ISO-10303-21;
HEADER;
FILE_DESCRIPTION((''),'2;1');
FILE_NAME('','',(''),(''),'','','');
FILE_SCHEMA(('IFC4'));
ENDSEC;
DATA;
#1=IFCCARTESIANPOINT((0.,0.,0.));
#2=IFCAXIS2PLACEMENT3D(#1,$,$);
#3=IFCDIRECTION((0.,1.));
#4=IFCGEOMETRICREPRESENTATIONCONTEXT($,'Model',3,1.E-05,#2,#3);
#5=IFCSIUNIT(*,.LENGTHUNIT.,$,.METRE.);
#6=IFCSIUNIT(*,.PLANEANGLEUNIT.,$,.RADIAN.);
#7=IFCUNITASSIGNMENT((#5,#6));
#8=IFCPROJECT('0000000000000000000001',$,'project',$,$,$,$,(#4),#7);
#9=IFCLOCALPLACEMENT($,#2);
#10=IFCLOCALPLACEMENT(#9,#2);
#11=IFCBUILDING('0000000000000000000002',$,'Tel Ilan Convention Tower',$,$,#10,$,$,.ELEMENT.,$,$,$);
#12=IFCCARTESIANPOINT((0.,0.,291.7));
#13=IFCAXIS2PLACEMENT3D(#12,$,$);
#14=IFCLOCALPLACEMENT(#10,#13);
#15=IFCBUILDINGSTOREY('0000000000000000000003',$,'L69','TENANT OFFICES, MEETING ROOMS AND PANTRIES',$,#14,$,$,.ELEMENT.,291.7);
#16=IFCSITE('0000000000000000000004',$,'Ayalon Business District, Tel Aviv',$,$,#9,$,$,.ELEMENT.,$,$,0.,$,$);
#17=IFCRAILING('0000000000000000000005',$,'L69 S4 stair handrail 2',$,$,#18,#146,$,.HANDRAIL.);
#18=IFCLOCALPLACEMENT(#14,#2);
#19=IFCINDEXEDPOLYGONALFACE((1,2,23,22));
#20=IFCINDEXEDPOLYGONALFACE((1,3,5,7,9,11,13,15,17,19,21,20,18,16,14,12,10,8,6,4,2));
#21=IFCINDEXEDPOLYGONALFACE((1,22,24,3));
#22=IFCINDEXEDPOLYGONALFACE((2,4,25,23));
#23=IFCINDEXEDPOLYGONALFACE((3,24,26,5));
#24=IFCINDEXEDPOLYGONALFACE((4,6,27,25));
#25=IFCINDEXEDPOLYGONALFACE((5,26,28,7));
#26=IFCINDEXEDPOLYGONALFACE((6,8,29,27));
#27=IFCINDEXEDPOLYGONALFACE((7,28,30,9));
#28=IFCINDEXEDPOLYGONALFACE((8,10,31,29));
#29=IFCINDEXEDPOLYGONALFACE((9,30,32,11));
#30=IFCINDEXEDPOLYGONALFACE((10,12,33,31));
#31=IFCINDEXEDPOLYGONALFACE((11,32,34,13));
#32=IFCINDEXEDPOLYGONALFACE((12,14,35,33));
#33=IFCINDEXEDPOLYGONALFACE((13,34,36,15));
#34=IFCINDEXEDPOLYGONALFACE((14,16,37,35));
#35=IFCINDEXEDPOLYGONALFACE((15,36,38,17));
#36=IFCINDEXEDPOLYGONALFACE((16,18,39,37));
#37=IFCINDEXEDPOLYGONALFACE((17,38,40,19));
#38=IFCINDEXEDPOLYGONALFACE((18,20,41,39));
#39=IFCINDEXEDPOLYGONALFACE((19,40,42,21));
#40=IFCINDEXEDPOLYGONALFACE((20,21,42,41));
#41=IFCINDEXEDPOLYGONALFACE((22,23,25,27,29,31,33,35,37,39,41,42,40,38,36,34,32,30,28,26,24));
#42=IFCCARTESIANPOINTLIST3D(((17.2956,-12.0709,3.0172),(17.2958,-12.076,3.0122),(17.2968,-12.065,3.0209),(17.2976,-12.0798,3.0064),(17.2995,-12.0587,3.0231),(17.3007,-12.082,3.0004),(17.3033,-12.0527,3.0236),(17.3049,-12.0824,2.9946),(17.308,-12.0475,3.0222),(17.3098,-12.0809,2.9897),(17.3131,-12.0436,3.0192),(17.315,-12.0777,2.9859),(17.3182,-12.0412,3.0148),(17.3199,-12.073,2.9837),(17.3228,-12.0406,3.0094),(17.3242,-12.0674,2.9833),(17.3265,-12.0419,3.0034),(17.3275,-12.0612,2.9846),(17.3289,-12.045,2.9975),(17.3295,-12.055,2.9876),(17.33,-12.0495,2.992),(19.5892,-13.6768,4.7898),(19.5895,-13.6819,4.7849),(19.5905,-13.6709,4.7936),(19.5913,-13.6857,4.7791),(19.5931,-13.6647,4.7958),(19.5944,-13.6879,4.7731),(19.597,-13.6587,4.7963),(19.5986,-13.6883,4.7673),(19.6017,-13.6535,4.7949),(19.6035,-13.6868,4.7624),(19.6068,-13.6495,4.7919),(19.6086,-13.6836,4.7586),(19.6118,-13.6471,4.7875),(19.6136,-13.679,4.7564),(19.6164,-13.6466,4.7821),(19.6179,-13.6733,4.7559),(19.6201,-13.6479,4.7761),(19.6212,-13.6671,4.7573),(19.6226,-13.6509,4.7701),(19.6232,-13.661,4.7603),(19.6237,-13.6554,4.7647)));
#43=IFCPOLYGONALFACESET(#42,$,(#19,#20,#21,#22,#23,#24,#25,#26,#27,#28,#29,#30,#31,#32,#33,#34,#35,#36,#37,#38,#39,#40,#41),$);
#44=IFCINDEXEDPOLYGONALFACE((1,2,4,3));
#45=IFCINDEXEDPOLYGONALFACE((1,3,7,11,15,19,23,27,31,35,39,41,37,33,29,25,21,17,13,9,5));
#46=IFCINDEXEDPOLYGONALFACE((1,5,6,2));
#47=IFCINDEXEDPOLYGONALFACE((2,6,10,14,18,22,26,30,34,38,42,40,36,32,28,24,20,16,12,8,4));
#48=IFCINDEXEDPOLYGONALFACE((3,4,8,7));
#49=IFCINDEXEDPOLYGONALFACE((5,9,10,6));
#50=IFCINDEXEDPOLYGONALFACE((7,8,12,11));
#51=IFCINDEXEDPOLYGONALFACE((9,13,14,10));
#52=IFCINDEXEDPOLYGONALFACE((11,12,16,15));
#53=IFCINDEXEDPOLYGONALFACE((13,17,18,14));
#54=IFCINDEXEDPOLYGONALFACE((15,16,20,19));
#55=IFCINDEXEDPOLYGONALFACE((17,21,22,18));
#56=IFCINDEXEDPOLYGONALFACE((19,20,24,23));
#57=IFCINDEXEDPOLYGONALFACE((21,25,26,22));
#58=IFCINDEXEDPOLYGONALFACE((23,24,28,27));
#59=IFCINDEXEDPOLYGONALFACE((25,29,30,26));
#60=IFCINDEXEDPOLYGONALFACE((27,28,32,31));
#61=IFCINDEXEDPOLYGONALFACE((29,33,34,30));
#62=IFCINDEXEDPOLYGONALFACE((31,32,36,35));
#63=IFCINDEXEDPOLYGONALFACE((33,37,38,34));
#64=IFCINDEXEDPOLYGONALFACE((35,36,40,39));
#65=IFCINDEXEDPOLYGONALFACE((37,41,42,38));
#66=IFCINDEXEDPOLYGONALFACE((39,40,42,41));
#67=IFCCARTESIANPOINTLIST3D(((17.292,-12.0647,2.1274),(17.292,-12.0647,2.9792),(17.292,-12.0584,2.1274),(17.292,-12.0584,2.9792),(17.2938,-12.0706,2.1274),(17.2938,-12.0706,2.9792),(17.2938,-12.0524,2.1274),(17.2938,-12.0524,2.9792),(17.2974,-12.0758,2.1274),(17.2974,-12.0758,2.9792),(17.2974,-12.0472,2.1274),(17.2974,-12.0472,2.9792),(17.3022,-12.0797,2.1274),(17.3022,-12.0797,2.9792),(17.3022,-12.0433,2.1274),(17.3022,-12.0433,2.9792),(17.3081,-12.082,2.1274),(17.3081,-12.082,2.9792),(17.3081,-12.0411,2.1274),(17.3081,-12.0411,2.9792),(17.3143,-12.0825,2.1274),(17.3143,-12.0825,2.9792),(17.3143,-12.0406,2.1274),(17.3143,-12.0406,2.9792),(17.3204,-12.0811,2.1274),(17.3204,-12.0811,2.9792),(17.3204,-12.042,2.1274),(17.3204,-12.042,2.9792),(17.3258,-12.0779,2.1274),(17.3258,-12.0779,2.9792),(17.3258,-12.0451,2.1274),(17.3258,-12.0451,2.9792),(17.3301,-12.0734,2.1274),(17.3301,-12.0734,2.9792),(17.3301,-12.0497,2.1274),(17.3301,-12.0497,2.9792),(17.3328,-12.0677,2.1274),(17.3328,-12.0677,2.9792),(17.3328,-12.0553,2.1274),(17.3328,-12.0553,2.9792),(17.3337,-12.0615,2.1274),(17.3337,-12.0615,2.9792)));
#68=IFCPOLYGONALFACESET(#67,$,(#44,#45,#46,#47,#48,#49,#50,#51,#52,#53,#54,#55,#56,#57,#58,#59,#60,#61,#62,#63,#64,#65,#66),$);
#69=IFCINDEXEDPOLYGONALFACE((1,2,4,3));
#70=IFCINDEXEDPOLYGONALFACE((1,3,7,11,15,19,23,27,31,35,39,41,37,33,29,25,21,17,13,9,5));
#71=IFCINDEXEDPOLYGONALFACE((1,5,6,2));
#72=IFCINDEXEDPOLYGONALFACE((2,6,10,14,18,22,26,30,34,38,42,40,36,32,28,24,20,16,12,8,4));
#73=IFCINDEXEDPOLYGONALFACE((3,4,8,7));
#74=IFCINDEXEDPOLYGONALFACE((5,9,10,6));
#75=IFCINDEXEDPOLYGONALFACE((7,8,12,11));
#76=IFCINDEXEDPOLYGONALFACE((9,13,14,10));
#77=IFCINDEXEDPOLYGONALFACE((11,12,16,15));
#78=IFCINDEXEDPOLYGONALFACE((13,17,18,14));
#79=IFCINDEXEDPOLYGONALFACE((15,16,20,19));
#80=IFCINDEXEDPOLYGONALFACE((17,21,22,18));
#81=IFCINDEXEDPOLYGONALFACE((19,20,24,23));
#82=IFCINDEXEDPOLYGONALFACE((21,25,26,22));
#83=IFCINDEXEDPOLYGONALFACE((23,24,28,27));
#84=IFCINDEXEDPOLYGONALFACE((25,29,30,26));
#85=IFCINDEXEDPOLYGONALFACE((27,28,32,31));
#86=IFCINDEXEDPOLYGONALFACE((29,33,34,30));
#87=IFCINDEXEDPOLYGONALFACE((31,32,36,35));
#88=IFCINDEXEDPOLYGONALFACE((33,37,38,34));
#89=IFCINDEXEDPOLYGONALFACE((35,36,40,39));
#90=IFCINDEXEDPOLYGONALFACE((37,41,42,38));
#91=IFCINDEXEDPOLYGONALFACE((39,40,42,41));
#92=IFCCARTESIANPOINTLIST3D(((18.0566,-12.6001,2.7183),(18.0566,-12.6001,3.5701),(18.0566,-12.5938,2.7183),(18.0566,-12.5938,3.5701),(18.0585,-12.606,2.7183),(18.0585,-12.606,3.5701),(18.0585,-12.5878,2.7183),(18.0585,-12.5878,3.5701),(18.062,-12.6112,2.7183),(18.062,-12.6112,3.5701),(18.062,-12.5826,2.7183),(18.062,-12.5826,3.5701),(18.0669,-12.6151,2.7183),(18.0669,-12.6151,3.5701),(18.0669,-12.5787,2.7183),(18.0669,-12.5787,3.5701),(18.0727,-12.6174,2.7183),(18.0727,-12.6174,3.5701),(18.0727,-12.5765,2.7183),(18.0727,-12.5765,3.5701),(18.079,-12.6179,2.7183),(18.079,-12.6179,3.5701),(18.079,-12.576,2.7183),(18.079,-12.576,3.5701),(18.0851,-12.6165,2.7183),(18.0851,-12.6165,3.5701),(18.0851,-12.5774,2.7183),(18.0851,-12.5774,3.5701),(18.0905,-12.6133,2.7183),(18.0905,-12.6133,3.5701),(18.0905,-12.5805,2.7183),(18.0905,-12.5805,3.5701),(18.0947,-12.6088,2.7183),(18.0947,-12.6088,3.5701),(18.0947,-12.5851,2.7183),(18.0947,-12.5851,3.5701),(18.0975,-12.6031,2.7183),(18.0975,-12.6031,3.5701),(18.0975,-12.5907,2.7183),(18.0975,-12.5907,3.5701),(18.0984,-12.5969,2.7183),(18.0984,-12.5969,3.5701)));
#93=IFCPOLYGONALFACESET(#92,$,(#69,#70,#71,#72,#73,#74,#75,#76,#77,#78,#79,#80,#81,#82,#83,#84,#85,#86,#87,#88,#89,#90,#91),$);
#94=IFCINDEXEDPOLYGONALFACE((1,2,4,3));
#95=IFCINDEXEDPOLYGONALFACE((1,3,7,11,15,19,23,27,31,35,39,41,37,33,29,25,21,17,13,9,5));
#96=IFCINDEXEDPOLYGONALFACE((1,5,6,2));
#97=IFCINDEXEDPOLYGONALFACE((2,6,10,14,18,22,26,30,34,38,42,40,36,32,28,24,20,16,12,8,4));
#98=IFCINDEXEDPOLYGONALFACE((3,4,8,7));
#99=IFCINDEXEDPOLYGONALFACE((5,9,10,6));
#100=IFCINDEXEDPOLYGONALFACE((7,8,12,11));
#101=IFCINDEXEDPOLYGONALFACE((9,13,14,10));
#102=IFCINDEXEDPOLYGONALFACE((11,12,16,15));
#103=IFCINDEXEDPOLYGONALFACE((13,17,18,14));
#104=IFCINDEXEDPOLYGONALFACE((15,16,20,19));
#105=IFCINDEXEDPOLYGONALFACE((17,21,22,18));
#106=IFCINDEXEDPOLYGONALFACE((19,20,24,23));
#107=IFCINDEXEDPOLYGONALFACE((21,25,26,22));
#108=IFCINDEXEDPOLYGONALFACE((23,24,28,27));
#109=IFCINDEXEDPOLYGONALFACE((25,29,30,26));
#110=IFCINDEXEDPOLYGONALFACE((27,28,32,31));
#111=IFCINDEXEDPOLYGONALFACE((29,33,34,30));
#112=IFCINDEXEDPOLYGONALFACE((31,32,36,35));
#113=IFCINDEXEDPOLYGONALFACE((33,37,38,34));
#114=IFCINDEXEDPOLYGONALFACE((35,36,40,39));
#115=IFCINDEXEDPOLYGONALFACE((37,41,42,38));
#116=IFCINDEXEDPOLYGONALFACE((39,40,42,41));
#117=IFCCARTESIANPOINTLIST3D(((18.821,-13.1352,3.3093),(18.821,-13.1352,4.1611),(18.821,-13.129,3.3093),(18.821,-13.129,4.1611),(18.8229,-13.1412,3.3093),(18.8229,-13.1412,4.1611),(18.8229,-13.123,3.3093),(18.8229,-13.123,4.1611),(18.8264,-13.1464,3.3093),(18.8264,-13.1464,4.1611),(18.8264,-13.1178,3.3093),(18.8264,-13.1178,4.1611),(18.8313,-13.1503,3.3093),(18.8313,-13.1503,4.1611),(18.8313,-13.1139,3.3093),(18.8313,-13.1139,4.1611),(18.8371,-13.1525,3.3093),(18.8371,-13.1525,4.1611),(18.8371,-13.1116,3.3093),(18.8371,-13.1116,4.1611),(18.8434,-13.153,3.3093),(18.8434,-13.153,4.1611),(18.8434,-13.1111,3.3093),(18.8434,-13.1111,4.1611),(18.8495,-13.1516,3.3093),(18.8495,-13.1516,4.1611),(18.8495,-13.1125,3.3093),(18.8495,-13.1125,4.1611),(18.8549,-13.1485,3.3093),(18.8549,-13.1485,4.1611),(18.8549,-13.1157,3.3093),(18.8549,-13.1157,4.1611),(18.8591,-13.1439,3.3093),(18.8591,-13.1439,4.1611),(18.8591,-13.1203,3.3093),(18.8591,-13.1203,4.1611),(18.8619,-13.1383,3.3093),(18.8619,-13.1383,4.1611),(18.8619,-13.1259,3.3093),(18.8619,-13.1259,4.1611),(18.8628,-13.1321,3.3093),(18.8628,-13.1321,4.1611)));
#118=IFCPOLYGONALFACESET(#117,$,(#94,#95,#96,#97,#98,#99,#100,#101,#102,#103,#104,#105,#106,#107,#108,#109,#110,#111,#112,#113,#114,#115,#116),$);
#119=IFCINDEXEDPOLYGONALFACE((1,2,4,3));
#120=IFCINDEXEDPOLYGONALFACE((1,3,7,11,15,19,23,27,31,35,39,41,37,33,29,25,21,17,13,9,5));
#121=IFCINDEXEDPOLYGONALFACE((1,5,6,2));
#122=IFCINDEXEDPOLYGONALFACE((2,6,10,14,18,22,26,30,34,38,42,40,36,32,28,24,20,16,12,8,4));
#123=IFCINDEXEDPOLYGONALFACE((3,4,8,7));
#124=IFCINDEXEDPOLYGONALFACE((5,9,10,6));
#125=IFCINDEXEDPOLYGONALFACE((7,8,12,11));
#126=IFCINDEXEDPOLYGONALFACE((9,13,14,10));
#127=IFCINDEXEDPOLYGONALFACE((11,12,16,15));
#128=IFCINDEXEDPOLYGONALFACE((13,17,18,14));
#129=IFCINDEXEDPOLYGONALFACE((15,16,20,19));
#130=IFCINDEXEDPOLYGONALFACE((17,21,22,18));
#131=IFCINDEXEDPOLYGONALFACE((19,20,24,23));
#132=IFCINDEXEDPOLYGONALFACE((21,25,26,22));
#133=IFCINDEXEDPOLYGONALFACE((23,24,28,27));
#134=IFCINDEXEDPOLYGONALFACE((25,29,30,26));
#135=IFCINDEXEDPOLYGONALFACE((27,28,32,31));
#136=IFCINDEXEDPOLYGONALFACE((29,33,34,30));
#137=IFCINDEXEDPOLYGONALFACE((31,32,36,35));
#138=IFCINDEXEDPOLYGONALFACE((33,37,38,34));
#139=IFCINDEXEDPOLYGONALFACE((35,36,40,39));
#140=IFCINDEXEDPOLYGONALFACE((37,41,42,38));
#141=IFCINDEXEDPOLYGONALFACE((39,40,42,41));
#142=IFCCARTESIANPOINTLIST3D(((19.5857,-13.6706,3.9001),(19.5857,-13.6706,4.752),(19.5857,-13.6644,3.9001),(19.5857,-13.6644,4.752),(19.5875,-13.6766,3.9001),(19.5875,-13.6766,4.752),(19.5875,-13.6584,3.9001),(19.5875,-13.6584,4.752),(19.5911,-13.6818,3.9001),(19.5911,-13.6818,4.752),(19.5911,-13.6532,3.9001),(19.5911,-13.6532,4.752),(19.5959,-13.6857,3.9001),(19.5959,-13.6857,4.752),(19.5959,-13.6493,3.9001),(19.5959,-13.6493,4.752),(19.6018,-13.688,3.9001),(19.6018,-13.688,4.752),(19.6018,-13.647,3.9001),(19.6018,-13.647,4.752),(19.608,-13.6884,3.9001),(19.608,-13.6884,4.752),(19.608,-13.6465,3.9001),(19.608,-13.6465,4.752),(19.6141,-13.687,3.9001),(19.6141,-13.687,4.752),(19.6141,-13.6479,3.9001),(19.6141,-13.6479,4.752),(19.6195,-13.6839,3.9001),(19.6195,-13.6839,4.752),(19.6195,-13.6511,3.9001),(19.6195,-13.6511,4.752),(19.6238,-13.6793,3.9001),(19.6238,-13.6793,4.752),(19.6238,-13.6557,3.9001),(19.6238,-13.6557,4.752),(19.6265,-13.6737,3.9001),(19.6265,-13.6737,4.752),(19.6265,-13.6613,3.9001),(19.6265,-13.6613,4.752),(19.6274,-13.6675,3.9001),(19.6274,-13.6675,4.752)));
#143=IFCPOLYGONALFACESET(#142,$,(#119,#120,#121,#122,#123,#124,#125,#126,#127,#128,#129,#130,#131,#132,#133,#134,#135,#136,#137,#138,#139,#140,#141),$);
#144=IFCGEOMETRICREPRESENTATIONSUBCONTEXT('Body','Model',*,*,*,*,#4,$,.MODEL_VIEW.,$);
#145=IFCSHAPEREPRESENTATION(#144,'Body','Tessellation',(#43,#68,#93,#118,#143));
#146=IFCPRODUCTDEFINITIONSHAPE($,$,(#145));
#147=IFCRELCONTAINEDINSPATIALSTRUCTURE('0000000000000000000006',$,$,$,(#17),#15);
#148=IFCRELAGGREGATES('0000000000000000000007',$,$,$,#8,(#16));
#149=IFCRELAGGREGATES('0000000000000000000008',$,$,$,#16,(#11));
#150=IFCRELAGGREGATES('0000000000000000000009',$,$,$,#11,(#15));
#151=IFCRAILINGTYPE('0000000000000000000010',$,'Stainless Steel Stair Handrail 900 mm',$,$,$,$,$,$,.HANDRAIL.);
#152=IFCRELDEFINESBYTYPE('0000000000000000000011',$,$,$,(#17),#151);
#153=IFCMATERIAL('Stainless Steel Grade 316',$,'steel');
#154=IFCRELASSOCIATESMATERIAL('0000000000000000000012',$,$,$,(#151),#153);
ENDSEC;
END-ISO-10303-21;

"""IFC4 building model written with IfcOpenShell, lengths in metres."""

from ifc_helpers import new_model, si_unit, direction, frame, origin, origin_2d, place, context, subcontext, project, spatial, circle, extrude, material, type_object, element, save


model = new_model("IFC4")

# Units and contexts
model_context = context("Model", 3, precision=1e-05, world=origin(), true_north=direction((0.0, 1.0)))
body_context = subcontext(model_context, "Body", "Model", "MODEL_VIEW")
ifc_project = project(units=[si_unit("LENGTHUNIT", "METRE"), si_unit("PLANEANGLEUNIT", "RADIAN")], contexts=[model_context])

# Site, building, storey
site_placement = place(None, origin())
site = spatial("IfcSite", under=ifc_project, at=site_placement, Name="Ayalon Business District, Tel Aviv", CompositionType="ELEMENT", RefElevation=0.0)
building_placement = place(site_placement, origin())
building = spatial("IfcBuilding", under=site, at=building_placement, Name="Tel Ilan Convention Tower", CompositionType="ELEMENT")
storey_placement = place(building_placement, frame((0.0, 0.0, 291.7)))
storey = spatial("IfcBuildingStorey", under=building, at=storey_placement, Name="L69", Description="TENANT OFFICES, MEETING ROOMS AND PANTRIES", CompositionType="ELEMENT", Elevation=291.7)

# Railing
ifc_material_1 = material(Name="Stainless Steel Grade 316", Category="steel")
railing_type_1 = type_object("IfcRailingType", Name="Stainless Steel Stair Handrail 900 mm", PredefinedType="HANDRAIL", material=ifc_material_1)
railing_1_placement = place(storey_placement, frame((17.3127, -12.0615, 2.1274)))
element("IfcRailing", 1, at=railing_1_placement, inside=storey, type_object=railing_type_1, Name="L69 S4 stair handrail 2", PredefinedType="HANDRAIL", context=body_context, shape_type="SweptSolid", body=[
    extrude(circle(Radius=0.0239, at=origin_2d()), frame((0.0, 0.0, 0.876), z_axis=(0.692123, -0.484597, 0.534913), x_axis=(0.57355, 0.81917, 0.0)), (0.0, 0.0, 1.0), 3.314),
    extrude(circle(Radius=0.021, at=origin_2d()), origin(), (0.0, 0.0, 1.0), 0.8518),
    extrude(circle(Radius=0.021, at=origin_2d()), frame((0.7646, -0.5354, 0.5908)), (0.0, 0.0, 1.0), 0.8518),
    extrude(circle(Radius=0.021, at=origin_2d()), frame((1.5291, -1.0706, 1.1819)), (0.0, 0.0, 1.0), 0.8518),
    extrude(circle(Radius=0.021, at=origin_2d()), frame((2.2937, -1.606, 1.7727)), (0.0, 0.0, 1.0), 0.8518),
])

save(model, "model.ifc")
